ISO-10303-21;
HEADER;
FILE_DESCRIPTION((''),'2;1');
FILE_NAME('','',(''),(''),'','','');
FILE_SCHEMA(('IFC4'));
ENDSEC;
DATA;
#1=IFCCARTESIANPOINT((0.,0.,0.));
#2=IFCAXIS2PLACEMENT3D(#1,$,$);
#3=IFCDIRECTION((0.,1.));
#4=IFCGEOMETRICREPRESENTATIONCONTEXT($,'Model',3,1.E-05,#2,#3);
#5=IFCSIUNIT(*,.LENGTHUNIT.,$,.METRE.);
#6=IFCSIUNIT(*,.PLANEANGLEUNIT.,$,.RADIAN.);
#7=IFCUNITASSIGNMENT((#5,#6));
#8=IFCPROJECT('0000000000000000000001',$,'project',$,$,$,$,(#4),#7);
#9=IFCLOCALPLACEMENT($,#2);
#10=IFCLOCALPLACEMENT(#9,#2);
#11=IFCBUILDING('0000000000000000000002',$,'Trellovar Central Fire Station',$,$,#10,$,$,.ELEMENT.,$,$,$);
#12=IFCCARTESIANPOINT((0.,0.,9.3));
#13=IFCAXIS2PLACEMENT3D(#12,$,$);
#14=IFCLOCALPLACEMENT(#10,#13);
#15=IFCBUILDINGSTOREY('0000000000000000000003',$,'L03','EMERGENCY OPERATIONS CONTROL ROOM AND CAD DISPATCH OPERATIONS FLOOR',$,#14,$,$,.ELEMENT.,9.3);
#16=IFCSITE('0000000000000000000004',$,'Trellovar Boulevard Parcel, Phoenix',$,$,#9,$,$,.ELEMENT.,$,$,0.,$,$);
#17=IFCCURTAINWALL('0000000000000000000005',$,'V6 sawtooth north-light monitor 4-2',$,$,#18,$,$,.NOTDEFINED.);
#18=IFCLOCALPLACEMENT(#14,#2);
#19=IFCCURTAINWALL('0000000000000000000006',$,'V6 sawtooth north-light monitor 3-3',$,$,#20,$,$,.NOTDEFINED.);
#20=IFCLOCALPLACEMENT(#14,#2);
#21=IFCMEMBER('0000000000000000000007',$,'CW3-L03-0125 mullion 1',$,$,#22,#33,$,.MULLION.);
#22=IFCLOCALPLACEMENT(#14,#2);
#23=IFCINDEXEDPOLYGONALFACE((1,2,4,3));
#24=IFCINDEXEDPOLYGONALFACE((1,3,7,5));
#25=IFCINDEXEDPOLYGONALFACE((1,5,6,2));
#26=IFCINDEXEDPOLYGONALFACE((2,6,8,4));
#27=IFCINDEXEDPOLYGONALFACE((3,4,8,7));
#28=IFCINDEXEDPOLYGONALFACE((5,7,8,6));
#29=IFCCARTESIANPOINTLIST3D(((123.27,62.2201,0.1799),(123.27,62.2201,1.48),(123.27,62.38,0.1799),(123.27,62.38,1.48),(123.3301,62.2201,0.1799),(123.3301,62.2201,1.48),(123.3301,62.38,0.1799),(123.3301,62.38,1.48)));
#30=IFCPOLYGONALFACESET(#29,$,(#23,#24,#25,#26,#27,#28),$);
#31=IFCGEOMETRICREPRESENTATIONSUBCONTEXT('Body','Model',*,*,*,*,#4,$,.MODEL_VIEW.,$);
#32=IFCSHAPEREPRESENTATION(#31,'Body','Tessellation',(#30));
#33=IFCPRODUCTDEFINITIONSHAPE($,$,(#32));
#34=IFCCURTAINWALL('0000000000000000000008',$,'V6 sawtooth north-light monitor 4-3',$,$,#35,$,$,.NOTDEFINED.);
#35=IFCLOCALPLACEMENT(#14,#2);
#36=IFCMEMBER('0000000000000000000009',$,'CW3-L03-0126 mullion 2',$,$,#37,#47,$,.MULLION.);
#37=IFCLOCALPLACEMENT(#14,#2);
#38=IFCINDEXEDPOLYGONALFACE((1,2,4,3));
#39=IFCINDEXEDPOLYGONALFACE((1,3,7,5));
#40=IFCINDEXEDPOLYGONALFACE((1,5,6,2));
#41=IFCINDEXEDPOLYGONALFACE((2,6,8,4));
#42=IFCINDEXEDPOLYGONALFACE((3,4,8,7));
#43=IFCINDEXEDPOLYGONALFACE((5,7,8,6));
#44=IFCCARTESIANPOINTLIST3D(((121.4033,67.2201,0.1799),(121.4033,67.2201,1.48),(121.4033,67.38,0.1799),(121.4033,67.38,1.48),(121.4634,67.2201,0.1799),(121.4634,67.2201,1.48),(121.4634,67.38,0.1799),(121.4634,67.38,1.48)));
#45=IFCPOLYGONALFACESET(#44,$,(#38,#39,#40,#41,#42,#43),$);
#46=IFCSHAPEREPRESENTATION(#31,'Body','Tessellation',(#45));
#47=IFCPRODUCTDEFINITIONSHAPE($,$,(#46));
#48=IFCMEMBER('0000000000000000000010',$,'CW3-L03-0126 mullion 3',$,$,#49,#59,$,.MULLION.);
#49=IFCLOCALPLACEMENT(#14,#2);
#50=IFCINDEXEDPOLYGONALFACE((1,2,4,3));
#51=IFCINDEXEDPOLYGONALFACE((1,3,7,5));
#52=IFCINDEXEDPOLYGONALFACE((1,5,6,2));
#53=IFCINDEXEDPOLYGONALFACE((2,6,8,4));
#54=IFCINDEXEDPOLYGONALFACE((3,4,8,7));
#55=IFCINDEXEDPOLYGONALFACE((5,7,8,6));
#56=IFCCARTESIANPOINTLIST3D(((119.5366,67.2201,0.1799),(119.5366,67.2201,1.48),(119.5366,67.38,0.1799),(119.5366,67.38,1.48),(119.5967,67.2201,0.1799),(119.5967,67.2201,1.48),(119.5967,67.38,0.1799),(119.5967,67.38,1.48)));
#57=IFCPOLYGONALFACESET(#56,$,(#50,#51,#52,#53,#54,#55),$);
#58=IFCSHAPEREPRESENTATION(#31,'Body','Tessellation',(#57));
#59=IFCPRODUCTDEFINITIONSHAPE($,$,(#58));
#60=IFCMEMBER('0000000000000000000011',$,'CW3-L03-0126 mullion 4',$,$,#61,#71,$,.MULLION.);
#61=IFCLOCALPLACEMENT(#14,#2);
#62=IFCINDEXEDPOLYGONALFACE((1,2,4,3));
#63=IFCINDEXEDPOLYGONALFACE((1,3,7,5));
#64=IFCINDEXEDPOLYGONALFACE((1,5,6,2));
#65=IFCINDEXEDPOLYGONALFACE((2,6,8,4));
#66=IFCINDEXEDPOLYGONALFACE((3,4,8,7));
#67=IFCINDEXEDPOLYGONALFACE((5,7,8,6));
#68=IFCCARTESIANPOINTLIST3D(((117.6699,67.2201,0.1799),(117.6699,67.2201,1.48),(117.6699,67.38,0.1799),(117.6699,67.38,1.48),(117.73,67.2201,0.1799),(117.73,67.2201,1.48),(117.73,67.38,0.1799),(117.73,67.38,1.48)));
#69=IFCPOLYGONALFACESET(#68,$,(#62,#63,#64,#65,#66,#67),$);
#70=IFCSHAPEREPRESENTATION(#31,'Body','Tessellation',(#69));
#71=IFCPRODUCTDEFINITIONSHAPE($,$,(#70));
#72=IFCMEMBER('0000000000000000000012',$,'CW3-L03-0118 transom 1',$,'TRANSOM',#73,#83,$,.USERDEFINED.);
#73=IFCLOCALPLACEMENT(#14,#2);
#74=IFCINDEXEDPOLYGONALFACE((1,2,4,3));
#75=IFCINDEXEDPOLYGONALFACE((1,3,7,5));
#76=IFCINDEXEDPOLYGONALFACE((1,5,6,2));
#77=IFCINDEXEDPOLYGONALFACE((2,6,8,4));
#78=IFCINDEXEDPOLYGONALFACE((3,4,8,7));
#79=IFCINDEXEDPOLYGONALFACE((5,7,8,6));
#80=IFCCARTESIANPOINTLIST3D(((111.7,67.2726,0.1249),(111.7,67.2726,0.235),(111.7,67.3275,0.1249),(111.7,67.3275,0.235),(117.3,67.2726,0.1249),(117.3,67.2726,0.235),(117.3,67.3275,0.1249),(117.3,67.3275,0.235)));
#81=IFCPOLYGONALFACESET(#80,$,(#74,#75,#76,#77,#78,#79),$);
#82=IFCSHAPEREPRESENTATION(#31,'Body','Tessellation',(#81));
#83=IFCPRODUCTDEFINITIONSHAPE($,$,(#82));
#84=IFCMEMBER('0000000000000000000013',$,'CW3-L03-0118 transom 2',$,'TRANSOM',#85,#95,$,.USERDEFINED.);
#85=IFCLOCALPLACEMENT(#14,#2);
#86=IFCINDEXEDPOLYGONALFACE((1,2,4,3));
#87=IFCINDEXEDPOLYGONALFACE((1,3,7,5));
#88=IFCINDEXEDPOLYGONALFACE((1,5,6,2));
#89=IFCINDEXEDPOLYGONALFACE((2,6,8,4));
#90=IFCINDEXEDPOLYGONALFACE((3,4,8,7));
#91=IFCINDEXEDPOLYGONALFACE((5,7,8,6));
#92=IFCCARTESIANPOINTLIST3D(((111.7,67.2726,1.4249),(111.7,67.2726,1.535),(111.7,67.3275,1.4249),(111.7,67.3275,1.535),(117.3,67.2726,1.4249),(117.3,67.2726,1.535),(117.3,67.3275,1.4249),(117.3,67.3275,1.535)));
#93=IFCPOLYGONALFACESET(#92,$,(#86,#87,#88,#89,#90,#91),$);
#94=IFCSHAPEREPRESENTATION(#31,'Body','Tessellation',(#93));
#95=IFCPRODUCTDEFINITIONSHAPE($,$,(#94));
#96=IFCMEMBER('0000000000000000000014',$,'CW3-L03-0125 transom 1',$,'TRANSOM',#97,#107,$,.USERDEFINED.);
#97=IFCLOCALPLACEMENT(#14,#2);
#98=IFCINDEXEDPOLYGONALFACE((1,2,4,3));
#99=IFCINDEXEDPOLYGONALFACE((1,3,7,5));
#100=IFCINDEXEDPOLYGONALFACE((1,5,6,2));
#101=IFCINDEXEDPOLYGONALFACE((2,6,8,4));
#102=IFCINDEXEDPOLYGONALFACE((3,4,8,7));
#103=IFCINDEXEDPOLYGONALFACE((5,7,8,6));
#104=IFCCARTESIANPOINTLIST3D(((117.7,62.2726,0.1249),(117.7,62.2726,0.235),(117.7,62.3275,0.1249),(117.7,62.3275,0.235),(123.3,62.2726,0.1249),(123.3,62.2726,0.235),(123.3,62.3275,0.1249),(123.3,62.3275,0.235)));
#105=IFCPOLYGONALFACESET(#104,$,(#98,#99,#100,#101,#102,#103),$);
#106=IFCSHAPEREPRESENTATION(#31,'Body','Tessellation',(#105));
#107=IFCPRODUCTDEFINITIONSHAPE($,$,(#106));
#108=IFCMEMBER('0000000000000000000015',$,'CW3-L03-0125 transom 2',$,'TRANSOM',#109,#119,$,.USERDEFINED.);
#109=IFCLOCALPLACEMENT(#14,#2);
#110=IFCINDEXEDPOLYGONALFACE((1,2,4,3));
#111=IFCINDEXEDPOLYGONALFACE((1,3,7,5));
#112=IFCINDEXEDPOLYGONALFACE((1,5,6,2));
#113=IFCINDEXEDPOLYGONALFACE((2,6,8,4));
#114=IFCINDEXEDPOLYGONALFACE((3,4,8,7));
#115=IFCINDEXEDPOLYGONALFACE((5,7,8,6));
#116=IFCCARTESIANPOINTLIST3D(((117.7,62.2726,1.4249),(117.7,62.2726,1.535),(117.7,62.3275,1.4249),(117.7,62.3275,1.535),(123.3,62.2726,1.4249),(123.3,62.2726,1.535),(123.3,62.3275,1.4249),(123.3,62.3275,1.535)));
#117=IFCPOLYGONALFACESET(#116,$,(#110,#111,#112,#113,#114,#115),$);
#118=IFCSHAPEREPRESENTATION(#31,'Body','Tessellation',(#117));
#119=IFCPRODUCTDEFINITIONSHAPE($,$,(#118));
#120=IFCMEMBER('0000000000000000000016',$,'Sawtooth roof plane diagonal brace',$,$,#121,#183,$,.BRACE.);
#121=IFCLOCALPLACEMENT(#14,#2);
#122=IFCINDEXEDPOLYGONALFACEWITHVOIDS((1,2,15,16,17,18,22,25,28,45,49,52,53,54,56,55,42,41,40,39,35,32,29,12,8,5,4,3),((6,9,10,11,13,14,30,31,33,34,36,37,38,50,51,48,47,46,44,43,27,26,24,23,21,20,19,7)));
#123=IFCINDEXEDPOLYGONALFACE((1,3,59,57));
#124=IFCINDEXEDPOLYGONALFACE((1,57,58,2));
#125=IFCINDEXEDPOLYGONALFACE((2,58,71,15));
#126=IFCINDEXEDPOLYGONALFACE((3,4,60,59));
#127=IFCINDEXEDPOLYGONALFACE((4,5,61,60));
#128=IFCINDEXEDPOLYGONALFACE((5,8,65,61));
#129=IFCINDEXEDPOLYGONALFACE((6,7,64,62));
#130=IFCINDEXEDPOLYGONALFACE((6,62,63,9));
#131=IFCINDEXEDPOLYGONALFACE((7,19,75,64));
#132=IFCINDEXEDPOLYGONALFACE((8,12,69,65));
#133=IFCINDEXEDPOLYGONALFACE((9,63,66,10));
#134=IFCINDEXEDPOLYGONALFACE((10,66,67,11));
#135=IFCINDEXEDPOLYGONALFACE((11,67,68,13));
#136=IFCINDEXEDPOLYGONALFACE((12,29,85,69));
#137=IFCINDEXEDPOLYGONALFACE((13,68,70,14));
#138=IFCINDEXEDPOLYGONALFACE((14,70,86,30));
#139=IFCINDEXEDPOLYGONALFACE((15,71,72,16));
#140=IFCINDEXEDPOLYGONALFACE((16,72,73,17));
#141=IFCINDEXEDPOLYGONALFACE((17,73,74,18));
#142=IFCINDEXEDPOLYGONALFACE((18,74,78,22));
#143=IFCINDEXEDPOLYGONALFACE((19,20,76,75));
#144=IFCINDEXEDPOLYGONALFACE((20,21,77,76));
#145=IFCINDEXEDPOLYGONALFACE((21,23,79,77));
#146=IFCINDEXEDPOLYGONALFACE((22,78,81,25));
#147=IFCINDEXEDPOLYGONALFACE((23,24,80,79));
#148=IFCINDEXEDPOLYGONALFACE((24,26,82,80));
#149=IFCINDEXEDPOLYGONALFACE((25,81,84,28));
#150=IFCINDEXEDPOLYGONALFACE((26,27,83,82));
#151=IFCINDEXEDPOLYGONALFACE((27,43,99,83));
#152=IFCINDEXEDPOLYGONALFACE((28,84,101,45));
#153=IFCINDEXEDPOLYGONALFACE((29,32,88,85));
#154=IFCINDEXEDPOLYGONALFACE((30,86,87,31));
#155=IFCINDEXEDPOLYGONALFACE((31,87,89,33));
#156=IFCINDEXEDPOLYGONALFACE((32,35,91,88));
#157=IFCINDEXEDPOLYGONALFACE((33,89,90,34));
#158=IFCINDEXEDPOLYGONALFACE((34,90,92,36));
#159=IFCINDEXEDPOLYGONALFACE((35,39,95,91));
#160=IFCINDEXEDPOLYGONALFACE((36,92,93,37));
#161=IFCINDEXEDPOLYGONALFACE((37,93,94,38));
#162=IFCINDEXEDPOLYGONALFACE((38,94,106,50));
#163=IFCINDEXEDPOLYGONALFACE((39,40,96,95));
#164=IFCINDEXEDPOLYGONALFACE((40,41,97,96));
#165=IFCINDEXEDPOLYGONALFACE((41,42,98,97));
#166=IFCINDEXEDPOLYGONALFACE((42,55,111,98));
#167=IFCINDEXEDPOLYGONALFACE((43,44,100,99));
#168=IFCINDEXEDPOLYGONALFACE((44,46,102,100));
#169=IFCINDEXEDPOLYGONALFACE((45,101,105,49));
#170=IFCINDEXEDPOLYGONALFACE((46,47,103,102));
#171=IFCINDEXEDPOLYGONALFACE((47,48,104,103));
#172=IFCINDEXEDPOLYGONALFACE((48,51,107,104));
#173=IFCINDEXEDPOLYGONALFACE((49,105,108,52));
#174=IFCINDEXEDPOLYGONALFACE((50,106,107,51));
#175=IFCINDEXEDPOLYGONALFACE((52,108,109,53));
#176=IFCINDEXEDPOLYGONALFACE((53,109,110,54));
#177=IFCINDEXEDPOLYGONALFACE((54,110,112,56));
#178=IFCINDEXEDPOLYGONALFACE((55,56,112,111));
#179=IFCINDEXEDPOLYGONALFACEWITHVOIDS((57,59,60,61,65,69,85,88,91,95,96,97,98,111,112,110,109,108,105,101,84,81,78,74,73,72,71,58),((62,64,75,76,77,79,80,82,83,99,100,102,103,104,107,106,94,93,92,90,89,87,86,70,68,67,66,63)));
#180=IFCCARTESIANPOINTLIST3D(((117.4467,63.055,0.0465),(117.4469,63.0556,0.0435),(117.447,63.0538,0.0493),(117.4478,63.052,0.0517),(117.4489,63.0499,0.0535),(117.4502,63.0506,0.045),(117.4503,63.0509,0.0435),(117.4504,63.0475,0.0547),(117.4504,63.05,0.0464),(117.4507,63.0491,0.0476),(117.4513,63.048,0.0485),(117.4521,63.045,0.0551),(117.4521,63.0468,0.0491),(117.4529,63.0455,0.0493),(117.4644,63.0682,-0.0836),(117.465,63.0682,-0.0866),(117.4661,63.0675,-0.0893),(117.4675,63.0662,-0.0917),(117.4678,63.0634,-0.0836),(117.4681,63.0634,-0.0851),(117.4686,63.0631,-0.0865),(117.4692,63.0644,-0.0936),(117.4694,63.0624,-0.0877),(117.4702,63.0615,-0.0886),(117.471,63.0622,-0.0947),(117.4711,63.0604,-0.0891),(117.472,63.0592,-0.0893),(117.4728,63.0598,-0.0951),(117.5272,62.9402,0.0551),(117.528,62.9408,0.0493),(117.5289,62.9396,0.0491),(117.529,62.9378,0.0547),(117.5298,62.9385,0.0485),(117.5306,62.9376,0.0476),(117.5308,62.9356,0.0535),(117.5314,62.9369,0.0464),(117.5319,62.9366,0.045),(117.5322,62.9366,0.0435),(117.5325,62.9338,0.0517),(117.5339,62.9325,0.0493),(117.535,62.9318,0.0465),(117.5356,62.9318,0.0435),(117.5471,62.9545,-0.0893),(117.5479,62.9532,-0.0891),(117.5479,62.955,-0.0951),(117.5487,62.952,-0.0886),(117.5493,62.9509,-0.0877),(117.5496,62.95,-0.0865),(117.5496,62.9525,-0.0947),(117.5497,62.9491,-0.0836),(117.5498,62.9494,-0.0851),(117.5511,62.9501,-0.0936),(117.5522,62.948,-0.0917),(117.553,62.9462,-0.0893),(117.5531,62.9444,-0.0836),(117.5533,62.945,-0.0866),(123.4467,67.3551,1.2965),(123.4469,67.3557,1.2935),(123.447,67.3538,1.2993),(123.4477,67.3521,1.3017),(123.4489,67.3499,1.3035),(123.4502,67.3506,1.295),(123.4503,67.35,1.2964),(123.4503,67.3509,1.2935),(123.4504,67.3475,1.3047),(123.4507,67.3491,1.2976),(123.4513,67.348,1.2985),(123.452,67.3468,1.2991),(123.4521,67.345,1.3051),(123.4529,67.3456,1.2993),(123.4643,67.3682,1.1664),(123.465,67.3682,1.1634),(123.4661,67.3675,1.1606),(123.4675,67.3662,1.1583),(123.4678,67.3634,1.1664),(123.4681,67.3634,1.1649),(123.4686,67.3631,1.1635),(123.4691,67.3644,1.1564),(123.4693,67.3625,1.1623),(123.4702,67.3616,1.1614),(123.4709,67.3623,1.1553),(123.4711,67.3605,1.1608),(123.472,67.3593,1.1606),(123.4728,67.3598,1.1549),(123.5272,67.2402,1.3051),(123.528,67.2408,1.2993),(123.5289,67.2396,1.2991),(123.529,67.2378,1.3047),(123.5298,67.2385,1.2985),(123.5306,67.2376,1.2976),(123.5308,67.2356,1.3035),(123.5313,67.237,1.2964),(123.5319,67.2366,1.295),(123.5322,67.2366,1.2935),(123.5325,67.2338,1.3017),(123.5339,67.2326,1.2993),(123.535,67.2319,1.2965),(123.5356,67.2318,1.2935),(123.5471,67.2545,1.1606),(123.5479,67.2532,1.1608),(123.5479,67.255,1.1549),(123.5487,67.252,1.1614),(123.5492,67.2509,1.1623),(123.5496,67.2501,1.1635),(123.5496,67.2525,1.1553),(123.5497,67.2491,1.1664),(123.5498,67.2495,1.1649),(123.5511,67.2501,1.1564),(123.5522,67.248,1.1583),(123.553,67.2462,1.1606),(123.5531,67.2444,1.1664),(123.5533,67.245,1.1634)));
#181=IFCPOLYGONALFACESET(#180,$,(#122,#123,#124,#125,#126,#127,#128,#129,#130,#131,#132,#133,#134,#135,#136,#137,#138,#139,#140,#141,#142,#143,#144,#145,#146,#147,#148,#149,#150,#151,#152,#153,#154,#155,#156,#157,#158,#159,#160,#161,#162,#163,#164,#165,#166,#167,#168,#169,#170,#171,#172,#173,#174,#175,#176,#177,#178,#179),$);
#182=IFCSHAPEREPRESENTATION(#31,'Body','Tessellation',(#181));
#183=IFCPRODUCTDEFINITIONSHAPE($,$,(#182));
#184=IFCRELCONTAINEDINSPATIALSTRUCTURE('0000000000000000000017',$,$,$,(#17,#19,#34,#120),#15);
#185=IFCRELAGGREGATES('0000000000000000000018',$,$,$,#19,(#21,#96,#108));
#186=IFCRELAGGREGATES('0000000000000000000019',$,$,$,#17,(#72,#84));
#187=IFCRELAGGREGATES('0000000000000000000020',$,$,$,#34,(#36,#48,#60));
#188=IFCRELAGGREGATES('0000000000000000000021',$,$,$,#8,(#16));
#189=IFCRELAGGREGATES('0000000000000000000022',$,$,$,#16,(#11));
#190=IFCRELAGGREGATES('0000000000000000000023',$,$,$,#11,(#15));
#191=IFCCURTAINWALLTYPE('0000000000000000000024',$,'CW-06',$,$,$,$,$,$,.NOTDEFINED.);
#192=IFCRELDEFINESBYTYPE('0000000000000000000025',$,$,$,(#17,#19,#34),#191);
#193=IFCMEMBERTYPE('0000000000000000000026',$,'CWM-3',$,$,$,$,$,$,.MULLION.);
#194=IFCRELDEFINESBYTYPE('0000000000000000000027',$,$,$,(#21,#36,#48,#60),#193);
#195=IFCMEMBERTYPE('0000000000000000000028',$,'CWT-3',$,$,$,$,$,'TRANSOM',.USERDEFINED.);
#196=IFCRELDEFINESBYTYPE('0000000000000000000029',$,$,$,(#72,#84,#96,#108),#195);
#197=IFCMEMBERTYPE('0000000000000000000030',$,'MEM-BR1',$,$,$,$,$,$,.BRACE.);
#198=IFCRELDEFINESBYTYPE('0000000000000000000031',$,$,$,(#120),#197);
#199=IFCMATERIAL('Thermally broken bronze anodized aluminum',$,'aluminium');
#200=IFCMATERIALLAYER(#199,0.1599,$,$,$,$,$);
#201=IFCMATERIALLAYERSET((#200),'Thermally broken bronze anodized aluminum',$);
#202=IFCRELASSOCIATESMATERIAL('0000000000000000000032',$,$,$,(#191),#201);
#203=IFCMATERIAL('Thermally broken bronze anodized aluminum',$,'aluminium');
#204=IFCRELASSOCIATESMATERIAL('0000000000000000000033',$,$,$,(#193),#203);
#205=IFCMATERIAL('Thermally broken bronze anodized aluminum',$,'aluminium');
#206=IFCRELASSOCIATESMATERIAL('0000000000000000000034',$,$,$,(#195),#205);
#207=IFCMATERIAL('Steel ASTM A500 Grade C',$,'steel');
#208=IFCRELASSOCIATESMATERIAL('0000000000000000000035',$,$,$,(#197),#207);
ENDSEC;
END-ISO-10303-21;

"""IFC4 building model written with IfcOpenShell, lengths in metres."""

from ifc_helpers import new_model, si_unit, direction, frame, origin, origin_2d, place, context, subcontext, project, spatial, rectangle, hollow_rectangle, extrude, material, layer, layer_set, material_profile, profile_set, type_object, element, aggregate, save


model = new_model("IFC4")

# Units and contexts
model_context = context("Model", 3, precision=1e-05, world=origin(), true_north=direction((0.0, 1.0)))
body_context = subcontext(model_context, "Body", "Model", "MODEL_VIEW")
ifc_project = project(units=[si_unit("LENGTHUNIT", "METRE"), si_unit("PLANEANGLEUNIT", "RADIAN")], contexts=[model_context])

# Site, building, storey
site_placement = place(None, origin())
site = spatial("IfcSite", under=ifc_project, at=site_placement, Name="Trellovar Boulevard Parcel, Phoenix", CompositionType="ELEMENT", RefElevation=0.0)
building_placement = place(site_placement, origin())
building = spatial("IfcBuilding", under=site, at=building_placement, Name="Trellovar Central Fire Station", CompositionType="ELEMENT")
storey_placement = place(building_placement, frame((0.0, 0.0, 9.3)))
storey = spatial("IfcBuildingStorey", under=building, at=storey_placement, Name="L03", Description="EMERGENCY OPERATIONS CONTROL ROOM AND CAD DISPATCH OPERATIONS FLOOR", CompositionType="ELEMENT", Elevation=9.3)

# Curtain wall
ifc_material_1 = material(Name="Thermally broken bronze anodized aluminum", Category="aluminium")
ifc_layer_1 = layer(ifc_material_1, 0.1599)
ifc_layer_set_1 = layer_set([ifc_layer_1], Name="Thermally broken bronze anodized aluminum")
curtain_wall_type = type_object("IfcCurtainWallType", Name="CW-06", PredefinedType="NOTDEFINED", material=ifc_layer_set_1)
curtain_wall_1_placement = place(storey_placement, origin())
curtain_wall_1 = element("IfcCurtainWall", 1, at=curtain_wall_1_placement, inside=storey, type_object=curtain_wall_type, Name="V6 sawtooth north-light monitor 4-2", PredefinedType="NOTDEFINED")
ifc_material_2 = material(Name="Thermally broken bronze anodized aluminum", Category="aluminium")
ifc_material_profile_1 = material_profile(ifc_material_2, rectangle(XDim=0.0601, YDim=0.1599, at=origin_2d()), Name="ALU60X160")
ifc_profile_set_1 = profile_set([ifc_material_profile_1], Name="Thermally broken bronze anodized aluminum")
member_type_1 = type_object("IfcMemberType", Name="CWM-3", PredefinedType="MULLION", material=ifc_profile_set_1)

# Curtain wall, member
curtain_wall_2_placement = place(storey_placement, origin())
curtain_wall_2 = element("IfcCurtainWall", 2, at=curtain_wall_2_placement, inside=storey, type_object=curtain_wall_type, Name="V6 sawtooth north-light monitor 3-3", PredefinedType="NOTDEFINED")
member_1_placement = place(storey_placement, frame((123.3, 62.3, 0.1799), z_axis=(0.0, 0.0, 1.0), x_axis=(1.0, 0.0, 0.0)))
member_1 = element("IfcMember", 3, at=member_1_placement, type_object=member_type_1, Name="CW3-L03-0125 mullion 1", PredefinedType="MULLION", context=body_context, shape_type="SweptSolid", body=[
    extrude(rectangle(XDim=0.0601, YDim=0.1599, at=origin_2d()), origin(), (0.0, 0.0, 1.0), 1.3),
])

# Curtain wall, members
curtain_wall_3_placement = place(storey_placement, origin())
curtain_wall_3 = element("IfcCurtainWall", 4, at=curtain_wall_3_placement, inside=storey, type_object=curtain_wall_type, Name="V6 sawtooth north-light monitor 4-3", PredefinedType="NOTDEFINED")
member_2_placement = place(storey_placement, frame((121.4333, 67.3, 0.1799), z_axis=(0.0, 0.0, 1.0), x_axis=(1.0, 0.0, 0.0)))
member_2 = element("IfcMember", 5, at=member_2_placement, type_object=member_type_1, Name="CW3-L03-0126 mullion 2", PredefinedType="MULLION", context=body_context, shape_type="SweptSolid", body=[
    extrude(rectangle(XDim=0.0601, YDim=0.1599, at=origin_2d()), origin(), (0.0, 0.0, 1.0), 1.3),
])
member_3_placement = place(storey_placement, frame((119.5667, 67.3, 0.1799), z_axis=(0.0, 0.0, 1.0), x_axis=(1.0, 0.0, 0.0)))
member_3 = element("IfcMember", 6, at=member_3_placement, type_object=member_type_1, Name="CW3-L03-0126 mullion 3", PredefinedType="MULLION", context=body_context, shape_type="SweptSolid", body=[
    extrude(rectangle(XDim=0.0601, YDim=0.1599, at=origin_2d()), origin(), (0.0, 0.0, 1.0), 1.3),
])
member_4_placement = place(storey_placement, frame((117.7, 67.3, 0.1799), z_axis=(0.0, 0.0, 1.0), x_axis=(1.0, 0.0, 0.0)))
member_4 = element("IfcMember", 7, at=member_4_placement, type_object=member_type_1, Name="CW3-L03-0126 mullion 4", PredefinedType="MULLION", context=body_context, shape_type="SweptSolid", body=[
    extrude(rectangle(XDim=0.0601, YDim=0.1599, at=origin_2d()), origin(), (0.0, 0.0, 1.0), 1.3),
])

# Members
ifc_material_3 = material(Name="Thermally broken bronze anodized aluminum", Category="aluminium")
ifc_material_profile_2 = material_profile(ifc_material_3, rectangle(XDim=0.0549, YDim=0.1101, at=origin_2d()), Name="ALU55X110")
ifc_profile_set_2 = profile_set([ifc_material_profile_2], Name="Thermally broken bronze anodized aluminum")
member_type_2 = type_object("IfcMemberType", Name="CWT-3", ElementType="TRANSOM", PredefinedType="USERDEFINED", material=ifc_profile_set_2)
member_5_placement = place(storey_placement, frame((117.3, 67.3, 0.1799), z_axis=(-1.0, 0.0, 0.0), x_axis=(0.0, -1.0, 0.0)))
member_5 = element("IfcMember", 8, at=member_5_placement, type_object=member_type_2, Name="CW3-L03-0118 transom 1", ObjectType="TRANSOM", PredefinedType="USERDEFINED", context=body_context, shape_type="SweptSolid", body=[
    extrude(rectangle(XDim=0.0549, YDim=0.1101, at=origin_2d()), origin(), (0.0, 0.0, 1.0), 5.6001),
])
member_6_placement = place(storey_placement, frame((117.3, 67.3, 1.48), z_axis=(-1.0, 0.0, 0.0), x_axis=(0.0, -1.0, 0.0)))
member_6 = element("IfcMember", 9, at=member_6_placement, type_object=member_type_2, Name="CW3-L03-0118 transom 2", ObjectType="TRANSOM", PredefinedType="USERDEFINED", context=body_context, shape_type="SweptSolid", body=[
    extrude(rectangle(XDim=0.0549, YDim=0.1101, at=origin_2d()), origin(), (0.0, 0.0, 1.0), 5.6001),
])
member_7_placement = place(storey_placement, frame((123.3, 62.3, 0.1799), z_axis=(-1.0, 0.0, 0.0), x_axis=(0.0, -1.0, 0.0)))
member_7 = element("IfcMember", 10, at=member_7_placement, type_object=member_type_2, Name="CW3-L03-0125 transom 1", ObjectType="TRANSOM", PredefinedType="USERDEFINED", context=body_context, shape_type="SweptSolid", body=[
    extrude(rectangle(XDim=0.0549, YDim=0.1101, at=origin_2d()), origin(), (0.0, 0.0, 1.0), 5.6001),
])
member_8_placement = place(storey_placement, frame((123.3, 62.3, 1.48), z_axis=(-1.0, 0.0, 0.0), x_axis=(0.0, -1.0, 0.0)))
member_8 = element("IfcMember", 11, at=member_8_placement, type_object=member_type_2, Name="CW3-L03-0125 transom 2", ObjectType="TRANSOM", PredefinedType="USERDEFINED", context=body_context, shape_type="SweptSolid", body=[
    extrude(rectangle(XDim=0.0549, YDim=0.1101, at=origin_2d()), origin(), (0.0, 0.0, 1.0), 5.6001),
])

# Member
ifc_material_4 = material(Name="Steel ASTM A500 Grade C", Category="steel")
ifc_material_profile_3 = material_profile(ifc_material_4, hollow_rectangle(XDim=0.1523, YDim=0.1523, WallThickness=0.0059, InnerFilletRadius=0.0059, OuterFilletRadius=0.0117, at=origin_2d()), Name="HSS6X6X1/4")
ifc_profile_set_3 = profile_set([ifc_material_profile_3], Name="Steel ASTM A500 Grade C")
member_type_3 = type_object("IfcMemberType", Name="MEM-BR1", PredefinedType="BRACE", material=ifc_profile_set_3)
member_9_placement = place(storey_placement, frame((117.5, 63.0, -0.02), z_axis=(0.801405, 0.574347, 0.166959), x_axis=(-0.582523, 0.812814, 0.0)))
element("IfcMember", 12, at=member_9_placement, inside=storey, type_object=member_type_3, Name="Sawtooth roof plane diagonal brace", PredefinedType="BRACE", context=body_context, shape_type="SweptSolid", body=[
    extrude(hollow_rectangle(XDim=0.1523, YDim=0.1523, WallThickness=0.0059, InnerFilletRadius=0.0059, OuterFilletRadius=0.0117, at=origin_2d()), origin(), (0.0, 0.0, 1.0), 7.4868),
])

aggregate(curtain_wall_2, [member_1, member_7, member_8])
aggregate(curtain_wall_1, [member_5, member_6])
aggregate(curtain_wall_3, [member_2, member_3, member_4])

save(model, "model.ifc")
